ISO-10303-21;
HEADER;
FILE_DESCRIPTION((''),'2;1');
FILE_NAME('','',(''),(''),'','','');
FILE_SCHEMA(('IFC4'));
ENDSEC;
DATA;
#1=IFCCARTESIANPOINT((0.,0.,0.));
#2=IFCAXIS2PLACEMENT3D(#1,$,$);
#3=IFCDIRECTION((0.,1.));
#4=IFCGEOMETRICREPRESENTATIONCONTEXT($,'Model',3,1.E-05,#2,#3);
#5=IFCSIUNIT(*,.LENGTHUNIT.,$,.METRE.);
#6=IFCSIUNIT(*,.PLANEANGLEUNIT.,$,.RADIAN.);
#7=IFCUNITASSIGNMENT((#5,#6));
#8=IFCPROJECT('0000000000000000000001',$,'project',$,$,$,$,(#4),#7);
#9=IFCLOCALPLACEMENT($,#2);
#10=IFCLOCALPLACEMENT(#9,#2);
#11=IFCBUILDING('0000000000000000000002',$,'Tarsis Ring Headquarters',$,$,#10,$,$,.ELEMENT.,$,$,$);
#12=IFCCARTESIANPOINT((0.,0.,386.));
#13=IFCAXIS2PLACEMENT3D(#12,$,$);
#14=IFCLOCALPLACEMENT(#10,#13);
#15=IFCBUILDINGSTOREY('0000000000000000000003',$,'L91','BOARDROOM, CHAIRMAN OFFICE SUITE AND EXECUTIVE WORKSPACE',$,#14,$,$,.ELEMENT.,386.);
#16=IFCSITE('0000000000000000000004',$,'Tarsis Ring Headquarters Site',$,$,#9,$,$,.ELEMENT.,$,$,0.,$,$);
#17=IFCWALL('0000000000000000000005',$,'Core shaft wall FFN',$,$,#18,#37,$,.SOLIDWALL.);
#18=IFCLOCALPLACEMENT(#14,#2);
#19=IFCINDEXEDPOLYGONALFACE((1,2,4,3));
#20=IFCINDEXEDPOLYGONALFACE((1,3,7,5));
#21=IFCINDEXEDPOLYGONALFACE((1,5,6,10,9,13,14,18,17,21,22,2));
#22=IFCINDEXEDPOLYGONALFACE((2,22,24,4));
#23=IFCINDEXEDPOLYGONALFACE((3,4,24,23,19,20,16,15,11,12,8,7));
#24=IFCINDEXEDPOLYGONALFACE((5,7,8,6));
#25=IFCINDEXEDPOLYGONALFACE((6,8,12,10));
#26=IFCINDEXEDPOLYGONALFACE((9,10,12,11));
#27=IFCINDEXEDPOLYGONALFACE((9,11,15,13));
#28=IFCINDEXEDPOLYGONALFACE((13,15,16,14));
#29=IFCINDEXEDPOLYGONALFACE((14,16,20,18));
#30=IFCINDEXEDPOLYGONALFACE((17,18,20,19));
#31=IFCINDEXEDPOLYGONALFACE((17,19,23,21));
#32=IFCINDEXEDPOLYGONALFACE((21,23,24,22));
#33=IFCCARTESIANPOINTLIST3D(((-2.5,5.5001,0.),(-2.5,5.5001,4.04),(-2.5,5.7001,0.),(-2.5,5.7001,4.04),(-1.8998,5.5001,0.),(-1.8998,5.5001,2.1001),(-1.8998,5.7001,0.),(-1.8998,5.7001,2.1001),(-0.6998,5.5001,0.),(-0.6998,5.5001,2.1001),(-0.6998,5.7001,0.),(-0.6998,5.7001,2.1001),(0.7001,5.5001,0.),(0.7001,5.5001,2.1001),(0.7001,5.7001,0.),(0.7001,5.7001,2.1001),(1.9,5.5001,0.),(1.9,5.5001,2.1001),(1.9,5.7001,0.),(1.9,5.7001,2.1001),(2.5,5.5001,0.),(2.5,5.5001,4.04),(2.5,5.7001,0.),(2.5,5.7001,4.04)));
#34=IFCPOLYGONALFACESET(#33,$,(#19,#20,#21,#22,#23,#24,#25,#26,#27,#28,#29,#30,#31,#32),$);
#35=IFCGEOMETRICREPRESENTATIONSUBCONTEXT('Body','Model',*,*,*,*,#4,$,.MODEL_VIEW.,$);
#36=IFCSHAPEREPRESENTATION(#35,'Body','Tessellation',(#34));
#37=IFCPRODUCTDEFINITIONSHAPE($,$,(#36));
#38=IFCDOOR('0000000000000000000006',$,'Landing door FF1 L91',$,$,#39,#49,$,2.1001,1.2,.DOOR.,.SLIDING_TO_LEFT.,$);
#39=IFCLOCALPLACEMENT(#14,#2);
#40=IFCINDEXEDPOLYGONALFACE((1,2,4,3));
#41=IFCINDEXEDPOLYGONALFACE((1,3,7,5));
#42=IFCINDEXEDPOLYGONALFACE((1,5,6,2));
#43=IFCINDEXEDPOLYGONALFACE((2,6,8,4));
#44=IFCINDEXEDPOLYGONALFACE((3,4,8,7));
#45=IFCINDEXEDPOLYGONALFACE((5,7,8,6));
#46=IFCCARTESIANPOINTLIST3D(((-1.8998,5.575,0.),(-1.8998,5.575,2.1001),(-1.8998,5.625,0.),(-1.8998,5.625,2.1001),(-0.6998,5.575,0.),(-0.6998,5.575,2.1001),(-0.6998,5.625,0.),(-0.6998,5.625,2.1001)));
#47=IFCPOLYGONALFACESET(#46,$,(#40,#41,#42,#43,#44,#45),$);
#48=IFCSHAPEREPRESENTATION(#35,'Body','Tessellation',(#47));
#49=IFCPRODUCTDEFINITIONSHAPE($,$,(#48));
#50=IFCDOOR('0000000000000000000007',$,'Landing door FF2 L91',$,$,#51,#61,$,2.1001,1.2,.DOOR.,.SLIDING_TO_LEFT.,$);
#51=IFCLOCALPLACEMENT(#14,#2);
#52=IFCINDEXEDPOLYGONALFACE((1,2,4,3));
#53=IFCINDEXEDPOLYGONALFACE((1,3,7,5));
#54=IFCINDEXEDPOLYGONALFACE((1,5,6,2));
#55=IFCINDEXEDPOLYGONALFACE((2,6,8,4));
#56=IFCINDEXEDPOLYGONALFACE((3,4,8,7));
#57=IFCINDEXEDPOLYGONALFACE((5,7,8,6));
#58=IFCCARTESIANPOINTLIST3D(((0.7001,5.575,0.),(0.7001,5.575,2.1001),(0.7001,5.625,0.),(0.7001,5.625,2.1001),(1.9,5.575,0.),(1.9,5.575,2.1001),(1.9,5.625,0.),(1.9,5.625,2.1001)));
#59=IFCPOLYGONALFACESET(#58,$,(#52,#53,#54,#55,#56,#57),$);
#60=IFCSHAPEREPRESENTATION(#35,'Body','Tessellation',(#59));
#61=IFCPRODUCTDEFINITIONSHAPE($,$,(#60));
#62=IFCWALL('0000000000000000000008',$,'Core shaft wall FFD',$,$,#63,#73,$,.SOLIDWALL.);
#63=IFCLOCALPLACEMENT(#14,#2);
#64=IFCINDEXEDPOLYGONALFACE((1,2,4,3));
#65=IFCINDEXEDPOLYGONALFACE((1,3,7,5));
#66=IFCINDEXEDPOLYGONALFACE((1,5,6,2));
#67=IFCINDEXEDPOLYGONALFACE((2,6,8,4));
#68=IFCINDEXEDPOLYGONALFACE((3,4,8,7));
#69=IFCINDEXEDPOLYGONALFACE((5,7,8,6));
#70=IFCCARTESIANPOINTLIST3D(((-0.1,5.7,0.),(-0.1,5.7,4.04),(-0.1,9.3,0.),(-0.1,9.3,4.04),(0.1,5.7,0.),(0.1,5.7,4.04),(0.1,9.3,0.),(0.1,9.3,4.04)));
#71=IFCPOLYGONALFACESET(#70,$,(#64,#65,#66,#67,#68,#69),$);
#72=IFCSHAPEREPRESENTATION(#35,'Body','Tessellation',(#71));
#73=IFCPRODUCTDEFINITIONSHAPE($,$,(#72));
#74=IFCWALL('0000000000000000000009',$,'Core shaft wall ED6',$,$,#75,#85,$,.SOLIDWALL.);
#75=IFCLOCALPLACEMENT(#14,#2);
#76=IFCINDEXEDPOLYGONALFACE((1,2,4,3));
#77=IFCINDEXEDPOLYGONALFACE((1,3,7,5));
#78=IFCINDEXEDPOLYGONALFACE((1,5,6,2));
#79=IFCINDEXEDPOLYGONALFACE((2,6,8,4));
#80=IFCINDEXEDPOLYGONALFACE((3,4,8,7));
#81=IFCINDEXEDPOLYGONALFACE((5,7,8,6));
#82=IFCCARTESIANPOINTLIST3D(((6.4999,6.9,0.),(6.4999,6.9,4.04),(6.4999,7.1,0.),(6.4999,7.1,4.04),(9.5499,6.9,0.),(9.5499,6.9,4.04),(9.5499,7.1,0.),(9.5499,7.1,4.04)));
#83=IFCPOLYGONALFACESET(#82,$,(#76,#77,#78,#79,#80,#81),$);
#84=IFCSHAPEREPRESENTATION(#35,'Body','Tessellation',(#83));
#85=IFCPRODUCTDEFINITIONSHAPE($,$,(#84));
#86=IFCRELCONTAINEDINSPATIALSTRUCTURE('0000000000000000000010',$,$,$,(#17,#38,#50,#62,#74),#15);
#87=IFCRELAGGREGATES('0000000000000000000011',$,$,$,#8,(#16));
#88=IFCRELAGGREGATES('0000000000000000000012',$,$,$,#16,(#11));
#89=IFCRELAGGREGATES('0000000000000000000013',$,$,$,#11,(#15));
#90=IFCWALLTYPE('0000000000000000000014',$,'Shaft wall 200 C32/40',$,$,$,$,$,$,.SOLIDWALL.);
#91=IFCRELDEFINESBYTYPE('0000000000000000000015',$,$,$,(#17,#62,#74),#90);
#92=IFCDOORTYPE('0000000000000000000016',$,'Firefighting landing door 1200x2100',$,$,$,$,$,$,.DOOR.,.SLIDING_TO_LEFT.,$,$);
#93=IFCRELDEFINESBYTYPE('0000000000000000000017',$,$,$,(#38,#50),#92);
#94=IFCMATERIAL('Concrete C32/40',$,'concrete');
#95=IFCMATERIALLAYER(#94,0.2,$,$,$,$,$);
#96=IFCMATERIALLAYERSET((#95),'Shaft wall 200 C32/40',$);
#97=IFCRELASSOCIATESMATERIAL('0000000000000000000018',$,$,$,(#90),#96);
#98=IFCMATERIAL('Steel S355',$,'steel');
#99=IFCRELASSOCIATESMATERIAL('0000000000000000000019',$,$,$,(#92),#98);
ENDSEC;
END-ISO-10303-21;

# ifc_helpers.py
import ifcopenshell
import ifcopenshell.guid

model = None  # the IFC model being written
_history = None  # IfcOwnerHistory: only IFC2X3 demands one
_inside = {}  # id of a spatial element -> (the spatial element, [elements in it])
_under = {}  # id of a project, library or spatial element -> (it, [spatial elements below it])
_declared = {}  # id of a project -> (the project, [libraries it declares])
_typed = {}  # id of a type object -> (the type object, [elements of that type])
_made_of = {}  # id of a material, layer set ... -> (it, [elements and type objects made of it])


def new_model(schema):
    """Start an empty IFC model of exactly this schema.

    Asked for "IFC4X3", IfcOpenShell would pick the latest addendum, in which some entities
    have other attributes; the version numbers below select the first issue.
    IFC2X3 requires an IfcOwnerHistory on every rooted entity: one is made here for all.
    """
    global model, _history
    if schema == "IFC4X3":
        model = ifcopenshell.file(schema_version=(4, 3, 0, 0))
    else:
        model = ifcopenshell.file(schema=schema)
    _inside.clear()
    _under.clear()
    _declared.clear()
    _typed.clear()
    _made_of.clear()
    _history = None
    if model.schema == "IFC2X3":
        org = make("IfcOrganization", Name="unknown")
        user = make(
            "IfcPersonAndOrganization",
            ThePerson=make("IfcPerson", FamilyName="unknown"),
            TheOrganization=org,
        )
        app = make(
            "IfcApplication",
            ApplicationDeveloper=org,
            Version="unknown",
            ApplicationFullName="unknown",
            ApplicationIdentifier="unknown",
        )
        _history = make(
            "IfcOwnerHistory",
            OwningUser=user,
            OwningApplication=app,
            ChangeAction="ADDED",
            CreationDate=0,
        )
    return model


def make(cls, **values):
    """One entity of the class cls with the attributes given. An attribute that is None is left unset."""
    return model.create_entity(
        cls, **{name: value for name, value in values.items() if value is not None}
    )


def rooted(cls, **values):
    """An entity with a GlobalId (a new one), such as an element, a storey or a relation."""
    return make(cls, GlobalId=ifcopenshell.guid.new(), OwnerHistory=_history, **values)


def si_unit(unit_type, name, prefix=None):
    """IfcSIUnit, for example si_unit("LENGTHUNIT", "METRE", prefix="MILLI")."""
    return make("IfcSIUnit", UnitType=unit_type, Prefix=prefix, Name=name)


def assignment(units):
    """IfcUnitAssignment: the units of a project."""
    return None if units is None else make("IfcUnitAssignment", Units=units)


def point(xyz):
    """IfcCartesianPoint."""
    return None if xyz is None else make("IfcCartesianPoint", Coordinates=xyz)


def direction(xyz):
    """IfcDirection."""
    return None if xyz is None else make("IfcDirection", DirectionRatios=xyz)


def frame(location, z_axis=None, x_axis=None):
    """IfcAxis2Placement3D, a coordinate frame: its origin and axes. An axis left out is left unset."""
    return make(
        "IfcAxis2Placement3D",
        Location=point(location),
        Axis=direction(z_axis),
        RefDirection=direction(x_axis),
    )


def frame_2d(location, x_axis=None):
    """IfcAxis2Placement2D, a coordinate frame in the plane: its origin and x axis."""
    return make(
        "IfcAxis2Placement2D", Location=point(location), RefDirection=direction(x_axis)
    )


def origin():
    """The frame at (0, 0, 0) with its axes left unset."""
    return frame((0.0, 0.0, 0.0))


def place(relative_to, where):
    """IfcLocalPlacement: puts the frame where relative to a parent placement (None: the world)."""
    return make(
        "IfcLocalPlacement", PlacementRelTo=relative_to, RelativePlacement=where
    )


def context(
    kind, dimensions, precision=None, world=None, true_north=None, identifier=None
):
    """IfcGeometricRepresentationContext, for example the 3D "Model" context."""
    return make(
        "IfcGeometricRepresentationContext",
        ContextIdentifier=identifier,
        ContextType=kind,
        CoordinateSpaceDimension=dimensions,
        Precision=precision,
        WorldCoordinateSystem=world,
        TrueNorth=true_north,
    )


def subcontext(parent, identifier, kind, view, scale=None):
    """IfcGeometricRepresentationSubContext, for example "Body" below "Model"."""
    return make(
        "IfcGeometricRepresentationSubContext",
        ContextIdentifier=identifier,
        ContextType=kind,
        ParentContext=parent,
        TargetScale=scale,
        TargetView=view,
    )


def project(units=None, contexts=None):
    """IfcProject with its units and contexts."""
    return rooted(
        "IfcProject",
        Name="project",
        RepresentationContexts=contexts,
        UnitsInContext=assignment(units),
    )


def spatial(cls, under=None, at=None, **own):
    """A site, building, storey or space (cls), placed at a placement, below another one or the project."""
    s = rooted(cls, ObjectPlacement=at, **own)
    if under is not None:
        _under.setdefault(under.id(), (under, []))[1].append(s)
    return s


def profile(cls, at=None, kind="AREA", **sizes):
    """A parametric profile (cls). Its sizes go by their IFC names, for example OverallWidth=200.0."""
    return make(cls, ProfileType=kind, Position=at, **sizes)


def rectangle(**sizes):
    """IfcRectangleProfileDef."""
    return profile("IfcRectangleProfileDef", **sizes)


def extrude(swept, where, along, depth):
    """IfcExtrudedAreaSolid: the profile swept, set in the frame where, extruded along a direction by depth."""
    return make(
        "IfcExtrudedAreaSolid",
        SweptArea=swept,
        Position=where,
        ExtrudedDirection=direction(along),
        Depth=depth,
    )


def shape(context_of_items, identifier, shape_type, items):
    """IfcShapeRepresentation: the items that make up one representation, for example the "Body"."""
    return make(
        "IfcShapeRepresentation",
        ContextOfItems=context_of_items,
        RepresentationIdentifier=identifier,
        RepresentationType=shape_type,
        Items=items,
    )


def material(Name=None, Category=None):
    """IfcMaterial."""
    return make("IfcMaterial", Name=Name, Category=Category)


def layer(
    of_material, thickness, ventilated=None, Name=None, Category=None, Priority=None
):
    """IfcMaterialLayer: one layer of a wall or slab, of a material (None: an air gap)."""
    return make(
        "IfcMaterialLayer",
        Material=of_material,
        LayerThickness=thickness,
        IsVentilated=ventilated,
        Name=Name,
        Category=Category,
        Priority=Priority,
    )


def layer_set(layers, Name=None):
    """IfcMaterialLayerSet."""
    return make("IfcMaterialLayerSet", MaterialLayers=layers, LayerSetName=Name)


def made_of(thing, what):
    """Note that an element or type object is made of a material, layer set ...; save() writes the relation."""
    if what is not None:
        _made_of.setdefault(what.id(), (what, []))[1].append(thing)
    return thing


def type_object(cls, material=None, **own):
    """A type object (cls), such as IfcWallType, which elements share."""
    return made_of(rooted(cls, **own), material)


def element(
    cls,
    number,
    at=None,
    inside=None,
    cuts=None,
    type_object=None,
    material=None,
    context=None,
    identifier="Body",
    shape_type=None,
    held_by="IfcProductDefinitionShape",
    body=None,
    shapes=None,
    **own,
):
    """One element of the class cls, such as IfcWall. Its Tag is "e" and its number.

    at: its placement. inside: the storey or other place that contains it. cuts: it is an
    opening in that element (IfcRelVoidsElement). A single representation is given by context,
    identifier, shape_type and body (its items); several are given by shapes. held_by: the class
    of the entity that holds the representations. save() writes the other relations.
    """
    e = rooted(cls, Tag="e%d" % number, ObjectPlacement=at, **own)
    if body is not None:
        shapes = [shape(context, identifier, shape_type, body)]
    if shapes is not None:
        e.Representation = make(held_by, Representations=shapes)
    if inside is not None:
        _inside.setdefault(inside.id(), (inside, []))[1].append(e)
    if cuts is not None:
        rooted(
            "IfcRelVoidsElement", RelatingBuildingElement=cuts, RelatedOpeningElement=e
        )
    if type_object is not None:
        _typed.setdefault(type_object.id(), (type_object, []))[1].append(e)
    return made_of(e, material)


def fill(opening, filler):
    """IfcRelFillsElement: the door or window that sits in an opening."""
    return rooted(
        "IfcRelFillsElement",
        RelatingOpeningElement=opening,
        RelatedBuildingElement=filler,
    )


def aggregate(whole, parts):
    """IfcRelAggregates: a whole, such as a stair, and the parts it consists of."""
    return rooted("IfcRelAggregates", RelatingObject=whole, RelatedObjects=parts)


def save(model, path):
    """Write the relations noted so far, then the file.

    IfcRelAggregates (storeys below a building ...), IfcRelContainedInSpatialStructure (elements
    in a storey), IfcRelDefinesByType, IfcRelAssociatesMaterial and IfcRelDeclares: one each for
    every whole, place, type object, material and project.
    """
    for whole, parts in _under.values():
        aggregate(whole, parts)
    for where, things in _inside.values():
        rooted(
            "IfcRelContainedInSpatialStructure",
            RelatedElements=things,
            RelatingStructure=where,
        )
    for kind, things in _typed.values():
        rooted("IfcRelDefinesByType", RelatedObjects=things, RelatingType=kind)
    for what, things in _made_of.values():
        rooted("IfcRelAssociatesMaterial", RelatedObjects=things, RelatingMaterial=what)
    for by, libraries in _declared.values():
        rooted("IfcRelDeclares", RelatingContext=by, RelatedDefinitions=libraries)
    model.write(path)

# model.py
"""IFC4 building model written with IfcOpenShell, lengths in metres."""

from ifc_helpers import new_model, si_unit, direction, frame, frame_2d, origin, place, context, subcontext, project, spatial, rectangle, extrude, material, layer, layer_set, type_object, element, fill, save


model = new_model("IFC4")

# Units and contexts
model_context = context("Model", 3, precision=1e-05, world=origin(), true_north=direction((0.0, 1.0)))
body_context = subcontext(model_context, "Body", "Model", "MODEL_VIEW")
ifc_project = project(units=[si_unit("LENGTHUNIT", "METRE"), si_unit("PLANEANGLEUNIT", "RADIAN")], contexts=[model_context])

# Site, building, storey
site_placement = place(None, origin())
site = spatial("IfcSite", under=ifc_project, at=site_placement, Name="Tarsis Ring Headquarters Site", CompositionType="ELEMENT", RefElevation=0.0)
building_placement = place(site_placement, origin())
building = spatial("IfcBuilding", under=site, at=building_placement, Name="Tarsis Ring Headquarters", CompositionType="ELEMENT")
storey_placement = place(building_placement, frame((0.0, 0.0, 386.0)))
storey = spatial("IfcBuildingStorey", under=building, at=storey_placement, Name="L91", Description="BOARDROOM, CHAIRMAN OFFICE SUITE AND EXECUTIVE WORKSPACE", CompositionType="ELEMENT", Elevation=386.0)

# Shared definitions
ifc_material_1 = material(Name="Concrete C32/40", Category="concrete")

# Wall, openings, doors
ifc_layer_1 = layer(ifc_material_1, 0.2)
ifc_layer_set_1 = layer_set([ifc_layer_1], Name="Shaft wall 200 C32/40")
wall_type_1 = type_object("IfcWallType", Name="Shaft wall 200 C32/40", PredefinedType="SOLIDWALL", material=ifc_layer_set_1)
wall_1_placement = place(storey_placement, frame((-2.5, 5.6001, 0.0), z_axis=(0.0, 0.0, 1.0), x_axis=(1.0, 0.0, 0.0)))
wall_1 = element("IfcWall", 1, at=wall_1_placement, inside=storey, type_object=wall_type_1, Name="Core shaft wall FFN", PredefinedType="SOLIDWALL", context=body_context, shape_type="SweptSolid", body=[
    extrude(rectangle(XDim=5.0, YDim=0.2, at=frame_2d((2.5, 0.0))), origin(), (0.0, 0.0, 1.0), 4.04),
])
opening_1_placement = place(wall_1_placement, frame((0.6001, 0.0, 0.0)))
opening_1 = element("IfcOpeningElement", 2, at=opening_1_placement, cuts=wall_1, PredefinedType="OPENING", context=body_context, shape_type="SweptSolid", body=[
    extrude(rectangle(XDim=1.2, YDim=2.1001, at=frame_2d((0.6001, 1.05))), frame((0.0, 0.1099, 0.0), z_axis=(0.0, -1.0, 0.0), x_axis=(1.0, 0.0, 0.0)), (0.0, 0.0, 1.0), 0.22),
])
opening_2_placement = place(wall_1_placement, frame((3.2, 0.0, 0.0)))
opening_2 = element("IfcOpeningElement", 3, at=opening_2_placement, cuts=wall_1, PredefinedType="OPENING", context=body_context, shape_type="SweptSolid", body=[
    extrude(rectangle(XDim=1.2, YDim=2.1001, at=frame_2d((0.6001, 1.05))), frame((0.0, 0.1099, 0.0), z_axis=(0.0, -1.0, 0.0), x_axis=(1.0, 0.0, 0.0)), (0.0, 0.0, 1.0), 0.22),
])
ifc_material_2 = material(Name="Steel S355", Category="steel")
door_type = type_object("IfcDoorType", Name="Firefighting landing door 1200x2100", OperationType="SLIDING_TO_LEFT", PredefinedType="DOOR", material=ifc_material_2)
door_1_placement = place(opening_1_placement, origin())
door_1 = element("IfcDoor", 4, at=door_1_placement, inside=storey, type_object=door_type, Name="Landing door FF1 L91", OperationType="SLIDING_TO_LEFT", OverallHeight=2.1001, OverallWidth=1.2, PredefinedType="DOOR", context=body_context, shape_type="SweptSolid", body=[
    extrude(rectangle(XDim=1.2, YDim=2.1001, at=frame_2d((0.6001, 1.05))), frame((0.0, 0.0249, 0.0), z_axis=(0.0, -1.0, 0.0), x_axis=(1.0, 0.0, 0.0)), (0.0, 0.0, 1.0), 0.05),
])
fill(opening_1, door_1)
door_2_placement = place(opening_2_placement, origin())
door_2 = element("IfcDoor", 5, at=door_2_placement, inside=storey, type_object=door_type, Name="Landing door FF2 L91", OperationType="SLIDING_TO_LEFT", OverallHeight=2.1001, OverallWidth=1.2, PredefinedType="DOOR", context=body_context, shape_type="SweptSolid", body=[
    extrude(rectangle(XDim=1.2, YDim=2.1001, at=frame_2d((0.6001, 1.05))), frame((0.0, 0.0249, 0.0), z_axis=(0.0, -1.0, 0.0), x_axis=(1.0, 0.0, 0.0)), (0.0, 0.0, 1.0), 0.05),
])
fill(opening_2, door_2)

# Walls
wall_2_placement = place(storey_placement, frame((0.0, 5.7, 0.0), z_axis=(0.0, 0.0, 1.0), x_axis=(0.0, 1.0, 0.0)))
element("IfcWall", 6, at=wall_2_placement, inside=storey, type_object=wall_type_1, Name="Core shaft wall FFD", PredefinedType="SOLIDWALL", context=body_context, shape_type="SweptSolid", body=[
    extrude(rectangle(XDim=3.6001, YDim=0.2, at=frame_2d((1.8, 0.0))), origin(), (0.0, 0.0, 1.0), 4.04),
])
wall_3_placement = place(storey_placement, frame((6.5, 7.0, 0.0), z_axis=(0.0, 0.0, 1.0), x_axis=(1.0, 0.0, 0.0)))
element("IfcWall", 7, at=wall_3_placement, inside=storey, type_object=wall_type_1, Name="Core shaft wall ED6", PredefinedType="SOLIDWALL", context=body_context, shape_type="SweptSolid", body=[
    extrude(rectangle(XDim=3.05, YDim=0.2, at=frame_2d((1.5249, 0.0))), origin(), (0.0, 0.0, 1.0), 4.04),
])

save(model, "model.ifc")
